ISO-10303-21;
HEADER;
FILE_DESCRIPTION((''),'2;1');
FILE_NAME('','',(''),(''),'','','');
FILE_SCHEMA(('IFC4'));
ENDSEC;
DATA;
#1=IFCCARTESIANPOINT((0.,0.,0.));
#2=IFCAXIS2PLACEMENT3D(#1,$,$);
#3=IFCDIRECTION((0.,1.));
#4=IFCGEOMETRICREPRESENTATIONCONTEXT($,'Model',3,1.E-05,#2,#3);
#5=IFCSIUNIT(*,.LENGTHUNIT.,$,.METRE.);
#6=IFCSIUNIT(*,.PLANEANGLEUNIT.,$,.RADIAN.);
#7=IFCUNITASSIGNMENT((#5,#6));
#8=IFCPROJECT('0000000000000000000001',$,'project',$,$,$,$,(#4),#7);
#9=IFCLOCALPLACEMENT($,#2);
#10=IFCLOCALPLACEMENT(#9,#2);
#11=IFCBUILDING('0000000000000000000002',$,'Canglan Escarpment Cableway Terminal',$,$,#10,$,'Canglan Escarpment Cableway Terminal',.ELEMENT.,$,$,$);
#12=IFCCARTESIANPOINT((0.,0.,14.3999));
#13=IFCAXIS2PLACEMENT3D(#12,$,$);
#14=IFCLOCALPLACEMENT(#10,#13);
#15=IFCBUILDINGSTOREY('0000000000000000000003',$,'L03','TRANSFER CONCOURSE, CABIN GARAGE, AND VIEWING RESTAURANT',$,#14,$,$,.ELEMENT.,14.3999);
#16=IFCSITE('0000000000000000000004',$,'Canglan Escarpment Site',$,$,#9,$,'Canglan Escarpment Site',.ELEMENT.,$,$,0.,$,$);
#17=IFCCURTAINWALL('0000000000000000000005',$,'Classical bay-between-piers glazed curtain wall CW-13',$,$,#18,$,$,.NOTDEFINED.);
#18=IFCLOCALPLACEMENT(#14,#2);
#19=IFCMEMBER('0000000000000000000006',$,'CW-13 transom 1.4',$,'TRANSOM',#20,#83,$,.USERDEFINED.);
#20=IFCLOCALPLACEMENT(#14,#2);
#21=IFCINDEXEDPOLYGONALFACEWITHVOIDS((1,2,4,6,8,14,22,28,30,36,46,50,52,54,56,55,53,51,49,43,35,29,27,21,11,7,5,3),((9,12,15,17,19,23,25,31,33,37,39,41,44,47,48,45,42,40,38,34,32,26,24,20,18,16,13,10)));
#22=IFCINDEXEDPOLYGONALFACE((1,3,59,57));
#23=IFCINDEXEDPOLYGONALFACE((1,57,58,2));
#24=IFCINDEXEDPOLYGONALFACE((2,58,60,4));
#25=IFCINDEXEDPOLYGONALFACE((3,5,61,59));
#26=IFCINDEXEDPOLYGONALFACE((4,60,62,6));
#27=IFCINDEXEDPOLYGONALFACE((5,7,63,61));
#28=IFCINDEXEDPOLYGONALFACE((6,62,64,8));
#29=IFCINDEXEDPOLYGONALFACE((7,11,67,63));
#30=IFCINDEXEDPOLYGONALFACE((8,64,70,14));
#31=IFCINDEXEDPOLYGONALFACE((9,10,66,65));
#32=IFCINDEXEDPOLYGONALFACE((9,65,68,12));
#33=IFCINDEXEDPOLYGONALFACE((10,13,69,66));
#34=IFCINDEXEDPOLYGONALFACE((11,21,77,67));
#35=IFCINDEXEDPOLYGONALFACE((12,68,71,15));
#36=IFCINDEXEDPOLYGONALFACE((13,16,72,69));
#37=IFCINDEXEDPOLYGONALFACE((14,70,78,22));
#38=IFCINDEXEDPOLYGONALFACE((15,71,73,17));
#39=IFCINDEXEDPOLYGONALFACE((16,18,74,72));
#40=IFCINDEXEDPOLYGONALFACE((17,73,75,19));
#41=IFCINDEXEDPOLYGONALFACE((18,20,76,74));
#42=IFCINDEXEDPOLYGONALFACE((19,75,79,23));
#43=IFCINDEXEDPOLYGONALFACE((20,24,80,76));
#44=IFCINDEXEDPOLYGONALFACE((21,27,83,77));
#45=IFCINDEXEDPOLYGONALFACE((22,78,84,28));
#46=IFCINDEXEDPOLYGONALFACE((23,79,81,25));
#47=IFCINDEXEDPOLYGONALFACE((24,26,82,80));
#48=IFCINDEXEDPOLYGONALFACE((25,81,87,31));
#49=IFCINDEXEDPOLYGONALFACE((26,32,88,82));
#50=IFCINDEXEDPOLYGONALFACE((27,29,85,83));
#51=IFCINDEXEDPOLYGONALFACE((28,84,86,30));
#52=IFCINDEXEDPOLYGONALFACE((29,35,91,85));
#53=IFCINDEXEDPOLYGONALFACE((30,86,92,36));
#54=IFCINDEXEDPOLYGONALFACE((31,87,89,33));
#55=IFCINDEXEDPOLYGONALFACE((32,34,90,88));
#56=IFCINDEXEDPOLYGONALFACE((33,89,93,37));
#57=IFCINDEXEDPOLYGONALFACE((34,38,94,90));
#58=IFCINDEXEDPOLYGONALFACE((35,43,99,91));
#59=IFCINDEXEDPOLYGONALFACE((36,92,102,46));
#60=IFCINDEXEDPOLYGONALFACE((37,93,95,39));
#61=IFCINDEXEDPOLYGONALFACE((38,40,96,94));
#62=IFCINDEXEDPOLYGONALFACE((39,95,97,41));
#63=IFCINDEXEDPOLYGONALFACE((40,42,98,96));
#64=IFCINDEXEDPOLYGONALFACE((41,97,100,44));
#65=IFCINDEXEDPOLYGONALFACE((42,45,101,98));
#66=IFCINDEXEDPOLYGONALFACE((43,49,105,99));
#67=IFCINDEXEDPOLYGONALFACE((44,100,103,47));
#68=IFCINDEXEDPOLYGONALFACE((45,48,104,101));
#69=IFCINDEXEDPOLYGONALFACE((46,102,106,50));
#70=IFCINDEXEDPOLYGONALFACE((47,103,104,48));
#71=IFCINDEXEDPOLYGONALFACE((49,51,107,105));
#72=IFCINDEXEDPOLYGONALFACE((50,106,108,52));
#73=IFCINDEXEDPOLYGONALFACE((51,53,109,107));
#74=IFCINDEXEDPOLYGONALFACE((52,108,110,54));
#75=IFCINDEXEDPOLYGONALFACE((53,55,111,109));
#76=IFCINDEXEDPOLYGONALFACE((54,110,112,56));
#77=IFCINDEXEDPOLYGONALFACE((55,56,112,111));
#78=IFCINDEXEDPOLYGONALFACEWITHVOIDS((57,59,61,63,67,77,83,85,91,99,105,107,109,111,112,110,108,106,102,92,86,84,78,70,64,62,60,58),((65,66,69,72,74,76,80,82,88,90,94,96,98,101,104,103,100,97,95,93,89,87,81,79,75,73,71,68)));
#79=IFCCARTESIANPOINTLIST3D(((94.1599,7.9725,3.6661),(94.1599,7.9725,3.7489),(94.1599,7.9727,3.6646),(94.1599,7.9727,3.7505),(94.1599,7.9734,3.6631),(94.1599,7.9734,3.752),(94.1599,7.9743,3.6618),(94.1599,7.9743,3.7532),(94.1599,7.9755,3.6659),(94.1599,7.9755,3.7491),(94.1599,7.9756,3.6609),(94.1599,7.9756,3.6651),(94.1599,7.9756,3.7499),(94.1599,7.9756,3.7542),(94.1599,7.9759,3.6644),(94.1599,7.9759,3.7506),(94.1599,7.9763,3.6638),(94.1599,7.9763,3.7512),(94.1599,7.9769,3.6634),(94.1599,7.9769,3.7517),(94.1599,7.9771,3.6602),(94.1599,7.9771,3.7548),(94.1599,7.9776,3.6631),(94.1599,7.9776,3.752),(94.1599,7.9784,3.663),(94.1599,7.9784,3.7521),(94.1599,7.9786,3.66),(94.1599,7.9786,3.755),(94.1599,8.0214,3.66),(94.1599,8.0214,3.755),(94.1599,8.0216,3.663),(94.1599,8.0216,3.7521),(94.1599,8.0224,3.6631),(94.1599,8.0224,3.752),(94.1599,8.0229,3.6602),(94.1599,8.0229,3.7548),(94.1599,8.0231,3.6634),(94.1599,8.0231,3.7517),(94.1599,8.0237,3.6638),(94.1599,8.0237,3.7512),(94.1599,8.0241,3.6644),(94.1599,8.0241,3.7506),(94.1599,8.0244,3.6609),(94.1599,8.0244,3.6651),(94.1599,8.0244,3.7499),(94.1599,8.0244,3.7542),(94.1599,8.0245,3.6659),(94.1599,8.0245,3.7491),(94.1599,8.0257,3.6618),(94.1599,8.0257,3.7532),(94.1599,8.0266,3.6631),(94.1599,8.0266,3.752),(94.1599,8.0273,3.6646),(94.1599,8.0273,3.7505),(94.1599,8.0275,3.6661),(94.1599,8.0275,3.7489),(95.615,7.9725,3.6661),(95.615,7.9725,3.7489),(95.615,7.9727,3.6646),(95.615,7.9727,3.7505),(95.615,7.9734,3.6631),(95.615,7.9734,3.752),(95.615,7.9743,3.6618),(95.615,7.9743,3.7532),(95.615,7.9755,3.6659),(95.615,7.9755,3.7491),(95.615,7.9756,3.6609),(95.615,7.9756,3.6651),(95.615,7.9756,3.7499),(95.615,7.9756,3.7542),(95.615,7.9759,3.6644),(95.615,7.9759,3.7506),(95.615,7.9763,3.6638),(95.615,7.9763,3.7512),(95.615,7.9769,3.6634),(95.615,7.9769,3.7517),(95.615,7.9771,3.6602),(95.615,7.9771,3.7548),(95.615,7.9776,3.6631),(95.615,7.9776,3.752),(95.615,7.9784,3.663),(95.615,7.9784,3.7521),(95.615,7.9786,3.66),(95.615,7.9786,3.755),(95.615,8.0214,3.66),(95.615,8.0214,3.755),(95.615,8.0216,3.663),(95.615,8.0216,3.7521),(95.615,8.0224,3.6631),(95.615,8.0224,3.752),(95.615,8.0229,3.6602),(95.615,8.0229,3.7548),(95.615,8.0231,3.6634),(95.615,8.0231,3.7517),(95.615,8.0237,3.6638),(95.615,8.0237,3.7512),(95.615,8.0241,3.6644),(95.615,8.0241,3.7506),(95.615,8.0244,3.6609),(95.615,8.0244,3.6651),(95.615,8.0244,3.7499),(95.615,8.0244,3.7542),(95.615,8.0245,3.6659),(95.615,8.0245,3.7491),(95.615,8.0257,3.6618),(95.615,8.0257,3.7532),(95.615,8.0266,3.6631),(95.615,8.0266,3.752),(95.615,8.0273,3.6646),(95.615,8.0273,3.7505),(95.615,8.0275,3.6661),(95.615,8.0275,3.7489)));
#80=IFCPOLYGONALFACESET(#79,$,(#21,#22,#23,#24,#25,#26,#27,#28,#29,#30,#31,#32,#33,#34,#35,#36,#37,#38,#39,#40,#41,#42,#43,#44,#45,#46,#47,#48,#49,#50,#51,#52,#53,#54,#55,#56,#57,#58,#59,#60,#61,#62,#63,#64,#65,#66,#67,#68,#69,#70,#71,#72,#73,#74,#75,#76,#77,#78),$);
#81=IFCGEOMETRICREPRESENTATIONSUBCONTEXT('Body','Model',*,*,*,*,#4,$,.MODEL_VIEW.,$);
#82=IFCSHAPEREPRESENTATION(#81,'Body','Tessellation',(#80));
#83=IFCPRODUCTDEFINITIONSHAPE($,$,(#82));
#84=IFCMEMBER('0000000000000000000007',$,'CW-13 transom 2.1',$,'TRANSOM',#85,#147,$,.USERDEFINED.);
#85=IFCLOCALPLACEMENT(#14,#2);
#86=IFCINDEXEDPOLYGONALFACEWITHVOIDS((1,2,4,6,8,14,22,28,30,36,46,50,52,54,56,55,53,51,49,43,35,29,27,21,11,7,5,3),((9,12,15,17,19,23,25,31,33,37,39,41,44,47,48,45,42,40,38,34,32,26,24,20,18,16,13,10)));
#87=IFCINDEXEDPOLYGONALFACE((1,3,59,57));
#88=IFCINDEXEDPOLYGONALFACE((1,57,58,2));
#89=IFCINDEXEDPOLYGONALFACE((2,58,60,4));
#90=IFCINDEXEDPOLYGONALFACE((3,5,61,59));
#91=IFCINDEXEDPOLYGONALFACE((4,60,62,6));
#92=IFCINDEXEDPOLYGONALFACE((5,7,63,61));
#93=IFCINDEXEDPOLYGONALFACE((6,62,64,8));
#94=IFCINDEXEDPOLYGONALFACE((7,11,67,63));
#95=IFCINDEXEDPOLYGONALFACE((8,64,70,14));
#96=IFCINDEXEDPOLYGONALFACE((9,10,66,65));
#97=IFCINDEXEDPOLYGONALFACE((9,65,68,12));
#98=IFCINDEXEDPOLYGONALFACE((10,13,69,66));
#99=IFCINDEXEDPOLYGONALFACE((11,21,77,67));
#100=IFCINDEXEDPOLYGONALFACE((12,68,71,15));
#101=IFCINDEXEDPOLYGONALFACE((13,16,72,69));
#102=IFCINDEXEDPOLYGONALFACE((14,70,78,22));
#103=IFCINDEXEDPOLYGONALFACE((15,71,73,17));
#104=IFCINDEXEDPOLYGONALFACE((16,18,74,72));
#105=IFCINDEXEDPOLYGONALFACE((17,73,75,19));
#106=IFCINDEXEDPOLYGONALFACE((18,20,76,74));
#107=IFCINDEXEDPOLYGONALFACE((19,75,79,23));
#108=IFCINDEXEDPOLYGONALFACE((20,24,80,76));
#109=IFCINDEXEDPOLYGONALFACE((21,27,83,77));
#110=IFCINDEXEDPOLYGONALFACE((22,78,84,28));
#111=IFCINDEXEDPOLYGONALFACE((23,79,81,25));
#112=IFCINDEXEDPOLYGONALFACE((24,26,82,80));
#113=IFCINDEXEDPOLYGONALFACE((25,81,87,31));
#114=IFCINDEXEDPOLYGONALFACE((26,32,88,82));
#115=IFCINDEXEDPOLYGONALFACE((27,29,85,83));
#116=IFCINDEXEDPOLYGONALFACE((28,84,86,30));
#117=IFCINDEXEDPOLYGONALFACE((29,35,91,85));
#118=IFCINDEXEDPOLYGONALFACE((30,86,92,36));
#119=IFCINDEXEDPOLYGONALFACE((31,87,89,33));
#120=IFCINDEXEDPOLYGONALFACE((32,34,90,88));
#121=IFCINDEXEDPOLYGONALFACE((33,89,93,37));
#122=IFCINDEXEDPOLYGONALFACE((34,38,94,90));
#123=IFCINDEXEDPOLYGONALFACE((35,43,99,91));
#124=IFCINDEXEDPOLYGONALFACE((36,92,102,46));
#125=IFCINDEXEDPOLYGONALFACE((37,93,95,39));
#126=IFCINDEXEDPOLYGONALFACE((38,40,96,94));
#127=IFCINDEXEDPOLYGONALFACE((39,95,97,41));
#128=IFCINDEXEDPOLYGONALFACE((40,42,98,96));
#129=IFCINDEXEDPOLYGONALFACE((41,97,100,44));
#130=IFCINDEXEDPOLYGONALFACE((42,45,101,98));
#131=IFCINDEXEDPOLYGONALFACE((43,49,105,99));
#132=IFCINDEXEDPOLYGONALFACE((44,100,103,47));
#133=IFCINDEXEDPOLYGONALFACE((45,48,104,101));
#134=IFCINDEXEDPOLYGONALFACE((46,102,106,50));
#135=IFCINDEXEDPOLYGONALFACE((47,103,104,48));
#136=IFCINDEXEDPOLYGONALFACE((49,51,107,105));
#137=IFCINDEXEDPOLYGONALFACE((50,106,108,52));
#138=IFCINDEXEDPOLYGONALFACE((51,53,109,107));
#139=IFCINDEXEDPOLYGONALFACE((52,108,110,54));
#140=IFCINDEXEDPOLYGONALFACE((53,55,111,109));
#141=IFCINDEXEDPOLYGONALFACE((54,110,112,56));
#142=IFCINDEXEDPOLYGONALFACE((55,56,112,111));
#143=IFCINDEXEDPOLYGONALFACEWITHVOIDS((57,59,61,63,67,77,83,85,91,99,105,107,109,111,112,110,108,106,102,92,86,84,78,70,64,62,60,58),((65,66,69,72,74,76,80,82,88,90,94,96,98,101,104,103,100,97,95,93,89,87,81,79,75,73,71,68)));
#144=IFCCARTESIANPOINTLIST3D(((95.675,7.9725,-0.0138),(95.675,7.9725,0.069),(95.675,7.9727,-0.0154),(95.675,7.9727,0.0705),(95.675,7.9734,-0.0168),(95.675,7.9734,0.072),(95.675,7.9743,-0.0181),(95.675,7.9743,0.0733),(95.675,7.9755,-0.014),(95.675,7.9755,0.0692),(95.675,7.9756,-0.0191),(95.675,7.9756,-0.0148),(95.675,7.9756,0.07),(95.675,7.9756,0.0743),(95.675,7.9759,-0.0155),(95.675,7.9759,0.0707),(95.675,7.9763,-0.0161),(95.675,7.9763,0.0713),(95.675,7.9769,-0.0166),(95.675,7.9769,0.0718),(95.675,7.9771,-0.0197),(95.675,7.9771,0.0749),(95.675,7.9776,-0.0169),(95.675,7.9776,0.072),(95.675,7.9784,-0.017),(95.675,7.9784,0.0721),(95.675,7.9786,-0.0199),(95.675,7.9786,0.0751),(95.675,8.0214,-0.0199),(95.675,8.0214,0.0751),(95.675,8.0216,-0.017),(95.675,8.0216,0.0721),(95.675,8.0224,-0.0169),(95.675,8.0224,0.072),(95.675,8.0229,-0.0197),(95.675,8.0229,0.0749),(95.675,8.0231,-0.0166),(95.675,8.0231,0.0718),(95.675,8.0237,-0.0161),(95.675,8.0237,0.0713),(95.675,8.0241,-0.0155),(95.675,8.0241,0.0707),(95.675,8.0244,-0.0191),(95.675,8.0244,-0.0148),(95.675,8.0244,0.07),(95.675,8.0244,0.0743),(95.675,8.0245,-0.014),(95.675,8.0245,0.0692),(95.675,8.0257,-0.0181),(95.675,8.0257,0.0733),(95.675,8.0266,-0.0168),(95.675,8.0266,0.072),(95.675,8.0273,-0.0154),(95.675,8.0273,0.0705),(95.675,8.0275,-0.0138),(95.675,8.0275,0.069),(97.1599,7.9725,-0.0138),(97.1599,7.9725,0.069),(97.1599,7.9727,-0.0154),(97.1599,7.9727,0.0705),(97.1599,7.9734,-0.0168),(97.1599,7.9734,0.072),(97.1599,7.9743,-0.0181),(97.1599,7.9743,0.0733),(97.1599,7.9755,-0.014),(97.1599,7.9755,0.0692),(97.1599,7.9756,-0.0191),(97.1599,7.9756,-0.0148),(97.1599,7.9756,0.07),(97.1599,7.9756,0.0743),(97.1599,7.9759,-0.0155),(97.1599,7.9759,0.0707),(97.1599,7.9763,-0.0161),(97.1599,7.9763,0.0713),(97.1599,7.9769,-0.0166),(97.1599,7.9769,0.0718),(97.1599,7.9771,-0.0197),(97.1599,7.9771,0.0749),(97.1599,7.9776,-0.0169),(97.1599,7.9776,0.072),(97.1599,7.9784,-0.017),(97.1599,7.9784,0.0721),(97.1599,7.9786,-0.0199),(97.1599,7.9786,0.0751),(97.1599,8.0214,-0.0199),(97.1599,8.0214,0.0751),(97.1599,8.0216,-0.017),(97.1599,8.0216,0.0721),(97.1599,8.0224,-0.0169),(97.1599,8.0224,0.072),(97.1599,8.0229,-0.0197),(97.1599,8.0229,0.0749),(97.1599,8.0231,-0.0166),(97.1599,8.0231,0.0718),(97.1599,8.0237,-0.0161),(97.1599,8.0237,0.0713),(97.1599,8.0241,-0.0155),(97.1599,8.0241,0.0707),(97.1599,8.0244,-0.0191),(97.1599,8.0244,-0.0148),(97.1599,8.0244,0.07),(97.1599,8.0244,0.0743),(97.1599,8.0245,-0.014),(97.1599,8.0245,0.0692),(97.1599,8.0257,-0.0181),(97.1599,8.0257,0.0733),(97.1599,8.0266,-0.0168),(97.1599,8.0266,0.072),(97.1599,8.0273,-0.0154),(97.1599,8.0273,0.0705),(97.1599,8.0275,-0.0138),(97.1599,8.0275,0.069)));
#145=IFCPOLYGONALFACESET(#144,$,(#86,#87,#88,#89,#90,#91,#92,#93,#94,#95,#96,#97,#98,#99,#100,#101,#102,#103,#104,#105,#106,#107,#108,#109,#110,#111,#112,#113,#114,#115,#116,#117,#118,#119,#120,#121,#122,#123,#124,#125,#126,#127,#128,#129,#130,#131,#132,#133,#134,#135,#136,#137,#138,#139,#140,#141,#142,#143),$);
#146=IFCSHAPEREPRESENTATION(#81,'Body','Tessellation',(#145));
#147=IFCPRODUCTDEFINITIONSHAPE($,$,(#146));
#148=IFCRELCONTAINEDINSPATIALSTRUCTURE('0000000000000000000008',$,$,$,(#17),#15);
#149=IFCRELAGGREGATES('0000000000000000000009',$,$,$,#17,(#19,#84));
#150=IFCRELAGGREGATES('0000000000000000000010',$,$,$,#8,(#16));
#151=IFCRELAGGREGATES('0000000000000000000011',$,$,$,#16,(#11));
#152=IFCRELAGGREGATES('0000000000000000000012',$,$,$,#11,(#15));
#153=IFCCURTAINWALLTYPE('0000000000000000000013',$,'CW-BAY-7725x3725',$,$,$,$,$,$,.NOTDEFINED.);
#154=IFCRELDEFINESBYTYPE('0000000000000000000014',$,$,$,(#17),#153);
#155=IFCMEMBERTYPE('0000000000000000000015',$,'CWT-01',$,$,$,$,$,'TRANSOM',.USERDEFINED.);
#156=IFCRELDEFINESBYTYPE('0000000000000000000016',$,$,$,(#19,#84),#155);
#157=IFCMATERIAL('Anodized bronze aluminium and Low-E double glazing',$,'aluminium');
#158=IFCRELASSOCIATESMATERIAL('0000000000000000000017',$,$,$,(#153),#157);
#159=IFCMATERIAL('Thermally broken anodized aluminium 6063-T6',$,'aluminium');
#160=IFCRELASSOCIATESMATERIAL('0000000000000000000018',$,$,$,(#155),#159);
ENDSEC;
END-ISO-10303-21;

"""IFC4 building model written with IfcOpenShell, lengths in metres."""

from ifc_helpers import new_model, si_unit, direction, frame, origin, origin_2d, place, context, subcontext, project, spatial, hollow_rectangle, extrude, material, material_profile, profile_set, type_object, element, aggregate, save


model = new_model("IFC4")

# Units and contexts
model_context = context("Model", 3, precision=1e-05, world=origin(), true_north=direction((0.0, 1.0)))
body_context = subcontext(model_context, "Body", "Model", "MODEL_VIEW")
ifc_project = project(units=[si_unit("LENGTHUNIT", "METRE"), si_unit("PLANEANGLEUNIT", "RADIAN")], contexts=[model_context])

# Site, building, storey
site_placement = place(None, origin())
site = spatial("IfcSite", under=ifc_project, at=site_placement, Name="Canglan Escarpment Site", LongName="Canglan Escarpment Site", CompositionType="ELEMENT", RefElevation=0.0)
building_placement = place(site_placement, origin())
building = spatial("IfcBuilding", under=site, at=building_placement, Name="Canglan Escarpment Cableway Terminal", LongName="Canglan Escarpment Cableway Terminal", CompositionType="ELEMENT")
storey_placement = place(building_placement, frame((0.0, 0.0, 14.3999)))
storey = spatial("IfcBuildingStorey", under=building, at=storey_placement, Name="L03", Description="TRANSFER CONCOURSE, CABIN GARAGE, AND VIEWING RESTAURANT", CompositionType="ELEMENT", Elevation=14.3999)

# Curtain wall, members
ifc_material_1 = material(Name="Anodized bronze aluminium and Low-E double glazing", Category="aluminium")
curtain_wall_type = type_object("IfcCurtainWallType", Name="CW-BAY-7725x3725", PredefinedType="NOTDEFINED", material=ifc_material_1)
curtain_wall_placement = place(storey_placement, origin())
curtain_wall = element("IfcCurtainWall", 1, at=curtain_wall_placement, inside=storey, type_object=curtain_wall_type, Name="Classical bay-between-piers glazed curtain wall CW-13", PredefinedType="NOTDEFINED")
ifc_material_2 = material(Name="Thermally broken anodized aluminium 6063-T6", Category="aluminium")
ifc_material_profile_1 = material_profile(ifc_material_2, hollow_rectangle(XDim=0.0549, YDim=0.095, WallThickness=0.0029, InnerFilletRadius=0.0029, OuterFilletRadius=0.0061, at=origin_2d()), Name="ALU-TRAN 55x95x3")
ifc_profile_set_1 = profile_set([ifc_material_profile_1], Name="Thermally broken anodized aluminium 6063-T6")
member_type_1 = type_object("IfcMemberType", Name="CWT-01", ElementType="TRANSOM", PredefinedType="USERDEFINED", material=ifc_profile_set_1)
member_1_placement = place(storey_placement, frame((94.1599, 8.0, 3.7075), z_axis=(1.0, 0.0, 0.0), x_axis=(0.0, 1.0, 0.0)))
member_1 = element("IfcMember", 2, at=member_1_placement, type_object=member_type_1, Name="CW-13 transom 1.4", ObjectType="TRANSOM", PredefinedType="USERDEFINED", context=body_context, shape_type="SweptSolid", body=[
    extrude(hollow_rectangle(XDim=0.0549, YDim=0.095, WallThickness=0.0029, InnerFilletRadius=0.0029, OuterFilletRadius=0.0061, at=origin_2d()), origin(), (0.0, 0.0, 1.0), 1.4551),
])
member_2_placement = place(storey_placement, frame((95.675, 8.0, 0.0276), z_axis=(1.0, 0.0, 0.0), x_axis=(0.0, 1.0, 0.0)))
member_2 = element("IfcMember", 3, at=member_2_placement, type_object=member_type_1, Name="CW-13 transom 2.1", ObjectType="TRANSOM", PredefinedType="USERDEFINED", context=body_context, shape_type="SweptSolid", body=[
    extrude(hollow_rectangle(XDim=0.0549, YDim=0.095, WallThickness=0.0029, InnerFilletRadius=0.0029, OuterFilletRadius=0.0061, at=origin_2d()), origin(), (0.0, 0.0, 1.0), 1.4849),
])

aggregate(curtain_wall, [member_1, member_2])

save(model, "model.ifc")
